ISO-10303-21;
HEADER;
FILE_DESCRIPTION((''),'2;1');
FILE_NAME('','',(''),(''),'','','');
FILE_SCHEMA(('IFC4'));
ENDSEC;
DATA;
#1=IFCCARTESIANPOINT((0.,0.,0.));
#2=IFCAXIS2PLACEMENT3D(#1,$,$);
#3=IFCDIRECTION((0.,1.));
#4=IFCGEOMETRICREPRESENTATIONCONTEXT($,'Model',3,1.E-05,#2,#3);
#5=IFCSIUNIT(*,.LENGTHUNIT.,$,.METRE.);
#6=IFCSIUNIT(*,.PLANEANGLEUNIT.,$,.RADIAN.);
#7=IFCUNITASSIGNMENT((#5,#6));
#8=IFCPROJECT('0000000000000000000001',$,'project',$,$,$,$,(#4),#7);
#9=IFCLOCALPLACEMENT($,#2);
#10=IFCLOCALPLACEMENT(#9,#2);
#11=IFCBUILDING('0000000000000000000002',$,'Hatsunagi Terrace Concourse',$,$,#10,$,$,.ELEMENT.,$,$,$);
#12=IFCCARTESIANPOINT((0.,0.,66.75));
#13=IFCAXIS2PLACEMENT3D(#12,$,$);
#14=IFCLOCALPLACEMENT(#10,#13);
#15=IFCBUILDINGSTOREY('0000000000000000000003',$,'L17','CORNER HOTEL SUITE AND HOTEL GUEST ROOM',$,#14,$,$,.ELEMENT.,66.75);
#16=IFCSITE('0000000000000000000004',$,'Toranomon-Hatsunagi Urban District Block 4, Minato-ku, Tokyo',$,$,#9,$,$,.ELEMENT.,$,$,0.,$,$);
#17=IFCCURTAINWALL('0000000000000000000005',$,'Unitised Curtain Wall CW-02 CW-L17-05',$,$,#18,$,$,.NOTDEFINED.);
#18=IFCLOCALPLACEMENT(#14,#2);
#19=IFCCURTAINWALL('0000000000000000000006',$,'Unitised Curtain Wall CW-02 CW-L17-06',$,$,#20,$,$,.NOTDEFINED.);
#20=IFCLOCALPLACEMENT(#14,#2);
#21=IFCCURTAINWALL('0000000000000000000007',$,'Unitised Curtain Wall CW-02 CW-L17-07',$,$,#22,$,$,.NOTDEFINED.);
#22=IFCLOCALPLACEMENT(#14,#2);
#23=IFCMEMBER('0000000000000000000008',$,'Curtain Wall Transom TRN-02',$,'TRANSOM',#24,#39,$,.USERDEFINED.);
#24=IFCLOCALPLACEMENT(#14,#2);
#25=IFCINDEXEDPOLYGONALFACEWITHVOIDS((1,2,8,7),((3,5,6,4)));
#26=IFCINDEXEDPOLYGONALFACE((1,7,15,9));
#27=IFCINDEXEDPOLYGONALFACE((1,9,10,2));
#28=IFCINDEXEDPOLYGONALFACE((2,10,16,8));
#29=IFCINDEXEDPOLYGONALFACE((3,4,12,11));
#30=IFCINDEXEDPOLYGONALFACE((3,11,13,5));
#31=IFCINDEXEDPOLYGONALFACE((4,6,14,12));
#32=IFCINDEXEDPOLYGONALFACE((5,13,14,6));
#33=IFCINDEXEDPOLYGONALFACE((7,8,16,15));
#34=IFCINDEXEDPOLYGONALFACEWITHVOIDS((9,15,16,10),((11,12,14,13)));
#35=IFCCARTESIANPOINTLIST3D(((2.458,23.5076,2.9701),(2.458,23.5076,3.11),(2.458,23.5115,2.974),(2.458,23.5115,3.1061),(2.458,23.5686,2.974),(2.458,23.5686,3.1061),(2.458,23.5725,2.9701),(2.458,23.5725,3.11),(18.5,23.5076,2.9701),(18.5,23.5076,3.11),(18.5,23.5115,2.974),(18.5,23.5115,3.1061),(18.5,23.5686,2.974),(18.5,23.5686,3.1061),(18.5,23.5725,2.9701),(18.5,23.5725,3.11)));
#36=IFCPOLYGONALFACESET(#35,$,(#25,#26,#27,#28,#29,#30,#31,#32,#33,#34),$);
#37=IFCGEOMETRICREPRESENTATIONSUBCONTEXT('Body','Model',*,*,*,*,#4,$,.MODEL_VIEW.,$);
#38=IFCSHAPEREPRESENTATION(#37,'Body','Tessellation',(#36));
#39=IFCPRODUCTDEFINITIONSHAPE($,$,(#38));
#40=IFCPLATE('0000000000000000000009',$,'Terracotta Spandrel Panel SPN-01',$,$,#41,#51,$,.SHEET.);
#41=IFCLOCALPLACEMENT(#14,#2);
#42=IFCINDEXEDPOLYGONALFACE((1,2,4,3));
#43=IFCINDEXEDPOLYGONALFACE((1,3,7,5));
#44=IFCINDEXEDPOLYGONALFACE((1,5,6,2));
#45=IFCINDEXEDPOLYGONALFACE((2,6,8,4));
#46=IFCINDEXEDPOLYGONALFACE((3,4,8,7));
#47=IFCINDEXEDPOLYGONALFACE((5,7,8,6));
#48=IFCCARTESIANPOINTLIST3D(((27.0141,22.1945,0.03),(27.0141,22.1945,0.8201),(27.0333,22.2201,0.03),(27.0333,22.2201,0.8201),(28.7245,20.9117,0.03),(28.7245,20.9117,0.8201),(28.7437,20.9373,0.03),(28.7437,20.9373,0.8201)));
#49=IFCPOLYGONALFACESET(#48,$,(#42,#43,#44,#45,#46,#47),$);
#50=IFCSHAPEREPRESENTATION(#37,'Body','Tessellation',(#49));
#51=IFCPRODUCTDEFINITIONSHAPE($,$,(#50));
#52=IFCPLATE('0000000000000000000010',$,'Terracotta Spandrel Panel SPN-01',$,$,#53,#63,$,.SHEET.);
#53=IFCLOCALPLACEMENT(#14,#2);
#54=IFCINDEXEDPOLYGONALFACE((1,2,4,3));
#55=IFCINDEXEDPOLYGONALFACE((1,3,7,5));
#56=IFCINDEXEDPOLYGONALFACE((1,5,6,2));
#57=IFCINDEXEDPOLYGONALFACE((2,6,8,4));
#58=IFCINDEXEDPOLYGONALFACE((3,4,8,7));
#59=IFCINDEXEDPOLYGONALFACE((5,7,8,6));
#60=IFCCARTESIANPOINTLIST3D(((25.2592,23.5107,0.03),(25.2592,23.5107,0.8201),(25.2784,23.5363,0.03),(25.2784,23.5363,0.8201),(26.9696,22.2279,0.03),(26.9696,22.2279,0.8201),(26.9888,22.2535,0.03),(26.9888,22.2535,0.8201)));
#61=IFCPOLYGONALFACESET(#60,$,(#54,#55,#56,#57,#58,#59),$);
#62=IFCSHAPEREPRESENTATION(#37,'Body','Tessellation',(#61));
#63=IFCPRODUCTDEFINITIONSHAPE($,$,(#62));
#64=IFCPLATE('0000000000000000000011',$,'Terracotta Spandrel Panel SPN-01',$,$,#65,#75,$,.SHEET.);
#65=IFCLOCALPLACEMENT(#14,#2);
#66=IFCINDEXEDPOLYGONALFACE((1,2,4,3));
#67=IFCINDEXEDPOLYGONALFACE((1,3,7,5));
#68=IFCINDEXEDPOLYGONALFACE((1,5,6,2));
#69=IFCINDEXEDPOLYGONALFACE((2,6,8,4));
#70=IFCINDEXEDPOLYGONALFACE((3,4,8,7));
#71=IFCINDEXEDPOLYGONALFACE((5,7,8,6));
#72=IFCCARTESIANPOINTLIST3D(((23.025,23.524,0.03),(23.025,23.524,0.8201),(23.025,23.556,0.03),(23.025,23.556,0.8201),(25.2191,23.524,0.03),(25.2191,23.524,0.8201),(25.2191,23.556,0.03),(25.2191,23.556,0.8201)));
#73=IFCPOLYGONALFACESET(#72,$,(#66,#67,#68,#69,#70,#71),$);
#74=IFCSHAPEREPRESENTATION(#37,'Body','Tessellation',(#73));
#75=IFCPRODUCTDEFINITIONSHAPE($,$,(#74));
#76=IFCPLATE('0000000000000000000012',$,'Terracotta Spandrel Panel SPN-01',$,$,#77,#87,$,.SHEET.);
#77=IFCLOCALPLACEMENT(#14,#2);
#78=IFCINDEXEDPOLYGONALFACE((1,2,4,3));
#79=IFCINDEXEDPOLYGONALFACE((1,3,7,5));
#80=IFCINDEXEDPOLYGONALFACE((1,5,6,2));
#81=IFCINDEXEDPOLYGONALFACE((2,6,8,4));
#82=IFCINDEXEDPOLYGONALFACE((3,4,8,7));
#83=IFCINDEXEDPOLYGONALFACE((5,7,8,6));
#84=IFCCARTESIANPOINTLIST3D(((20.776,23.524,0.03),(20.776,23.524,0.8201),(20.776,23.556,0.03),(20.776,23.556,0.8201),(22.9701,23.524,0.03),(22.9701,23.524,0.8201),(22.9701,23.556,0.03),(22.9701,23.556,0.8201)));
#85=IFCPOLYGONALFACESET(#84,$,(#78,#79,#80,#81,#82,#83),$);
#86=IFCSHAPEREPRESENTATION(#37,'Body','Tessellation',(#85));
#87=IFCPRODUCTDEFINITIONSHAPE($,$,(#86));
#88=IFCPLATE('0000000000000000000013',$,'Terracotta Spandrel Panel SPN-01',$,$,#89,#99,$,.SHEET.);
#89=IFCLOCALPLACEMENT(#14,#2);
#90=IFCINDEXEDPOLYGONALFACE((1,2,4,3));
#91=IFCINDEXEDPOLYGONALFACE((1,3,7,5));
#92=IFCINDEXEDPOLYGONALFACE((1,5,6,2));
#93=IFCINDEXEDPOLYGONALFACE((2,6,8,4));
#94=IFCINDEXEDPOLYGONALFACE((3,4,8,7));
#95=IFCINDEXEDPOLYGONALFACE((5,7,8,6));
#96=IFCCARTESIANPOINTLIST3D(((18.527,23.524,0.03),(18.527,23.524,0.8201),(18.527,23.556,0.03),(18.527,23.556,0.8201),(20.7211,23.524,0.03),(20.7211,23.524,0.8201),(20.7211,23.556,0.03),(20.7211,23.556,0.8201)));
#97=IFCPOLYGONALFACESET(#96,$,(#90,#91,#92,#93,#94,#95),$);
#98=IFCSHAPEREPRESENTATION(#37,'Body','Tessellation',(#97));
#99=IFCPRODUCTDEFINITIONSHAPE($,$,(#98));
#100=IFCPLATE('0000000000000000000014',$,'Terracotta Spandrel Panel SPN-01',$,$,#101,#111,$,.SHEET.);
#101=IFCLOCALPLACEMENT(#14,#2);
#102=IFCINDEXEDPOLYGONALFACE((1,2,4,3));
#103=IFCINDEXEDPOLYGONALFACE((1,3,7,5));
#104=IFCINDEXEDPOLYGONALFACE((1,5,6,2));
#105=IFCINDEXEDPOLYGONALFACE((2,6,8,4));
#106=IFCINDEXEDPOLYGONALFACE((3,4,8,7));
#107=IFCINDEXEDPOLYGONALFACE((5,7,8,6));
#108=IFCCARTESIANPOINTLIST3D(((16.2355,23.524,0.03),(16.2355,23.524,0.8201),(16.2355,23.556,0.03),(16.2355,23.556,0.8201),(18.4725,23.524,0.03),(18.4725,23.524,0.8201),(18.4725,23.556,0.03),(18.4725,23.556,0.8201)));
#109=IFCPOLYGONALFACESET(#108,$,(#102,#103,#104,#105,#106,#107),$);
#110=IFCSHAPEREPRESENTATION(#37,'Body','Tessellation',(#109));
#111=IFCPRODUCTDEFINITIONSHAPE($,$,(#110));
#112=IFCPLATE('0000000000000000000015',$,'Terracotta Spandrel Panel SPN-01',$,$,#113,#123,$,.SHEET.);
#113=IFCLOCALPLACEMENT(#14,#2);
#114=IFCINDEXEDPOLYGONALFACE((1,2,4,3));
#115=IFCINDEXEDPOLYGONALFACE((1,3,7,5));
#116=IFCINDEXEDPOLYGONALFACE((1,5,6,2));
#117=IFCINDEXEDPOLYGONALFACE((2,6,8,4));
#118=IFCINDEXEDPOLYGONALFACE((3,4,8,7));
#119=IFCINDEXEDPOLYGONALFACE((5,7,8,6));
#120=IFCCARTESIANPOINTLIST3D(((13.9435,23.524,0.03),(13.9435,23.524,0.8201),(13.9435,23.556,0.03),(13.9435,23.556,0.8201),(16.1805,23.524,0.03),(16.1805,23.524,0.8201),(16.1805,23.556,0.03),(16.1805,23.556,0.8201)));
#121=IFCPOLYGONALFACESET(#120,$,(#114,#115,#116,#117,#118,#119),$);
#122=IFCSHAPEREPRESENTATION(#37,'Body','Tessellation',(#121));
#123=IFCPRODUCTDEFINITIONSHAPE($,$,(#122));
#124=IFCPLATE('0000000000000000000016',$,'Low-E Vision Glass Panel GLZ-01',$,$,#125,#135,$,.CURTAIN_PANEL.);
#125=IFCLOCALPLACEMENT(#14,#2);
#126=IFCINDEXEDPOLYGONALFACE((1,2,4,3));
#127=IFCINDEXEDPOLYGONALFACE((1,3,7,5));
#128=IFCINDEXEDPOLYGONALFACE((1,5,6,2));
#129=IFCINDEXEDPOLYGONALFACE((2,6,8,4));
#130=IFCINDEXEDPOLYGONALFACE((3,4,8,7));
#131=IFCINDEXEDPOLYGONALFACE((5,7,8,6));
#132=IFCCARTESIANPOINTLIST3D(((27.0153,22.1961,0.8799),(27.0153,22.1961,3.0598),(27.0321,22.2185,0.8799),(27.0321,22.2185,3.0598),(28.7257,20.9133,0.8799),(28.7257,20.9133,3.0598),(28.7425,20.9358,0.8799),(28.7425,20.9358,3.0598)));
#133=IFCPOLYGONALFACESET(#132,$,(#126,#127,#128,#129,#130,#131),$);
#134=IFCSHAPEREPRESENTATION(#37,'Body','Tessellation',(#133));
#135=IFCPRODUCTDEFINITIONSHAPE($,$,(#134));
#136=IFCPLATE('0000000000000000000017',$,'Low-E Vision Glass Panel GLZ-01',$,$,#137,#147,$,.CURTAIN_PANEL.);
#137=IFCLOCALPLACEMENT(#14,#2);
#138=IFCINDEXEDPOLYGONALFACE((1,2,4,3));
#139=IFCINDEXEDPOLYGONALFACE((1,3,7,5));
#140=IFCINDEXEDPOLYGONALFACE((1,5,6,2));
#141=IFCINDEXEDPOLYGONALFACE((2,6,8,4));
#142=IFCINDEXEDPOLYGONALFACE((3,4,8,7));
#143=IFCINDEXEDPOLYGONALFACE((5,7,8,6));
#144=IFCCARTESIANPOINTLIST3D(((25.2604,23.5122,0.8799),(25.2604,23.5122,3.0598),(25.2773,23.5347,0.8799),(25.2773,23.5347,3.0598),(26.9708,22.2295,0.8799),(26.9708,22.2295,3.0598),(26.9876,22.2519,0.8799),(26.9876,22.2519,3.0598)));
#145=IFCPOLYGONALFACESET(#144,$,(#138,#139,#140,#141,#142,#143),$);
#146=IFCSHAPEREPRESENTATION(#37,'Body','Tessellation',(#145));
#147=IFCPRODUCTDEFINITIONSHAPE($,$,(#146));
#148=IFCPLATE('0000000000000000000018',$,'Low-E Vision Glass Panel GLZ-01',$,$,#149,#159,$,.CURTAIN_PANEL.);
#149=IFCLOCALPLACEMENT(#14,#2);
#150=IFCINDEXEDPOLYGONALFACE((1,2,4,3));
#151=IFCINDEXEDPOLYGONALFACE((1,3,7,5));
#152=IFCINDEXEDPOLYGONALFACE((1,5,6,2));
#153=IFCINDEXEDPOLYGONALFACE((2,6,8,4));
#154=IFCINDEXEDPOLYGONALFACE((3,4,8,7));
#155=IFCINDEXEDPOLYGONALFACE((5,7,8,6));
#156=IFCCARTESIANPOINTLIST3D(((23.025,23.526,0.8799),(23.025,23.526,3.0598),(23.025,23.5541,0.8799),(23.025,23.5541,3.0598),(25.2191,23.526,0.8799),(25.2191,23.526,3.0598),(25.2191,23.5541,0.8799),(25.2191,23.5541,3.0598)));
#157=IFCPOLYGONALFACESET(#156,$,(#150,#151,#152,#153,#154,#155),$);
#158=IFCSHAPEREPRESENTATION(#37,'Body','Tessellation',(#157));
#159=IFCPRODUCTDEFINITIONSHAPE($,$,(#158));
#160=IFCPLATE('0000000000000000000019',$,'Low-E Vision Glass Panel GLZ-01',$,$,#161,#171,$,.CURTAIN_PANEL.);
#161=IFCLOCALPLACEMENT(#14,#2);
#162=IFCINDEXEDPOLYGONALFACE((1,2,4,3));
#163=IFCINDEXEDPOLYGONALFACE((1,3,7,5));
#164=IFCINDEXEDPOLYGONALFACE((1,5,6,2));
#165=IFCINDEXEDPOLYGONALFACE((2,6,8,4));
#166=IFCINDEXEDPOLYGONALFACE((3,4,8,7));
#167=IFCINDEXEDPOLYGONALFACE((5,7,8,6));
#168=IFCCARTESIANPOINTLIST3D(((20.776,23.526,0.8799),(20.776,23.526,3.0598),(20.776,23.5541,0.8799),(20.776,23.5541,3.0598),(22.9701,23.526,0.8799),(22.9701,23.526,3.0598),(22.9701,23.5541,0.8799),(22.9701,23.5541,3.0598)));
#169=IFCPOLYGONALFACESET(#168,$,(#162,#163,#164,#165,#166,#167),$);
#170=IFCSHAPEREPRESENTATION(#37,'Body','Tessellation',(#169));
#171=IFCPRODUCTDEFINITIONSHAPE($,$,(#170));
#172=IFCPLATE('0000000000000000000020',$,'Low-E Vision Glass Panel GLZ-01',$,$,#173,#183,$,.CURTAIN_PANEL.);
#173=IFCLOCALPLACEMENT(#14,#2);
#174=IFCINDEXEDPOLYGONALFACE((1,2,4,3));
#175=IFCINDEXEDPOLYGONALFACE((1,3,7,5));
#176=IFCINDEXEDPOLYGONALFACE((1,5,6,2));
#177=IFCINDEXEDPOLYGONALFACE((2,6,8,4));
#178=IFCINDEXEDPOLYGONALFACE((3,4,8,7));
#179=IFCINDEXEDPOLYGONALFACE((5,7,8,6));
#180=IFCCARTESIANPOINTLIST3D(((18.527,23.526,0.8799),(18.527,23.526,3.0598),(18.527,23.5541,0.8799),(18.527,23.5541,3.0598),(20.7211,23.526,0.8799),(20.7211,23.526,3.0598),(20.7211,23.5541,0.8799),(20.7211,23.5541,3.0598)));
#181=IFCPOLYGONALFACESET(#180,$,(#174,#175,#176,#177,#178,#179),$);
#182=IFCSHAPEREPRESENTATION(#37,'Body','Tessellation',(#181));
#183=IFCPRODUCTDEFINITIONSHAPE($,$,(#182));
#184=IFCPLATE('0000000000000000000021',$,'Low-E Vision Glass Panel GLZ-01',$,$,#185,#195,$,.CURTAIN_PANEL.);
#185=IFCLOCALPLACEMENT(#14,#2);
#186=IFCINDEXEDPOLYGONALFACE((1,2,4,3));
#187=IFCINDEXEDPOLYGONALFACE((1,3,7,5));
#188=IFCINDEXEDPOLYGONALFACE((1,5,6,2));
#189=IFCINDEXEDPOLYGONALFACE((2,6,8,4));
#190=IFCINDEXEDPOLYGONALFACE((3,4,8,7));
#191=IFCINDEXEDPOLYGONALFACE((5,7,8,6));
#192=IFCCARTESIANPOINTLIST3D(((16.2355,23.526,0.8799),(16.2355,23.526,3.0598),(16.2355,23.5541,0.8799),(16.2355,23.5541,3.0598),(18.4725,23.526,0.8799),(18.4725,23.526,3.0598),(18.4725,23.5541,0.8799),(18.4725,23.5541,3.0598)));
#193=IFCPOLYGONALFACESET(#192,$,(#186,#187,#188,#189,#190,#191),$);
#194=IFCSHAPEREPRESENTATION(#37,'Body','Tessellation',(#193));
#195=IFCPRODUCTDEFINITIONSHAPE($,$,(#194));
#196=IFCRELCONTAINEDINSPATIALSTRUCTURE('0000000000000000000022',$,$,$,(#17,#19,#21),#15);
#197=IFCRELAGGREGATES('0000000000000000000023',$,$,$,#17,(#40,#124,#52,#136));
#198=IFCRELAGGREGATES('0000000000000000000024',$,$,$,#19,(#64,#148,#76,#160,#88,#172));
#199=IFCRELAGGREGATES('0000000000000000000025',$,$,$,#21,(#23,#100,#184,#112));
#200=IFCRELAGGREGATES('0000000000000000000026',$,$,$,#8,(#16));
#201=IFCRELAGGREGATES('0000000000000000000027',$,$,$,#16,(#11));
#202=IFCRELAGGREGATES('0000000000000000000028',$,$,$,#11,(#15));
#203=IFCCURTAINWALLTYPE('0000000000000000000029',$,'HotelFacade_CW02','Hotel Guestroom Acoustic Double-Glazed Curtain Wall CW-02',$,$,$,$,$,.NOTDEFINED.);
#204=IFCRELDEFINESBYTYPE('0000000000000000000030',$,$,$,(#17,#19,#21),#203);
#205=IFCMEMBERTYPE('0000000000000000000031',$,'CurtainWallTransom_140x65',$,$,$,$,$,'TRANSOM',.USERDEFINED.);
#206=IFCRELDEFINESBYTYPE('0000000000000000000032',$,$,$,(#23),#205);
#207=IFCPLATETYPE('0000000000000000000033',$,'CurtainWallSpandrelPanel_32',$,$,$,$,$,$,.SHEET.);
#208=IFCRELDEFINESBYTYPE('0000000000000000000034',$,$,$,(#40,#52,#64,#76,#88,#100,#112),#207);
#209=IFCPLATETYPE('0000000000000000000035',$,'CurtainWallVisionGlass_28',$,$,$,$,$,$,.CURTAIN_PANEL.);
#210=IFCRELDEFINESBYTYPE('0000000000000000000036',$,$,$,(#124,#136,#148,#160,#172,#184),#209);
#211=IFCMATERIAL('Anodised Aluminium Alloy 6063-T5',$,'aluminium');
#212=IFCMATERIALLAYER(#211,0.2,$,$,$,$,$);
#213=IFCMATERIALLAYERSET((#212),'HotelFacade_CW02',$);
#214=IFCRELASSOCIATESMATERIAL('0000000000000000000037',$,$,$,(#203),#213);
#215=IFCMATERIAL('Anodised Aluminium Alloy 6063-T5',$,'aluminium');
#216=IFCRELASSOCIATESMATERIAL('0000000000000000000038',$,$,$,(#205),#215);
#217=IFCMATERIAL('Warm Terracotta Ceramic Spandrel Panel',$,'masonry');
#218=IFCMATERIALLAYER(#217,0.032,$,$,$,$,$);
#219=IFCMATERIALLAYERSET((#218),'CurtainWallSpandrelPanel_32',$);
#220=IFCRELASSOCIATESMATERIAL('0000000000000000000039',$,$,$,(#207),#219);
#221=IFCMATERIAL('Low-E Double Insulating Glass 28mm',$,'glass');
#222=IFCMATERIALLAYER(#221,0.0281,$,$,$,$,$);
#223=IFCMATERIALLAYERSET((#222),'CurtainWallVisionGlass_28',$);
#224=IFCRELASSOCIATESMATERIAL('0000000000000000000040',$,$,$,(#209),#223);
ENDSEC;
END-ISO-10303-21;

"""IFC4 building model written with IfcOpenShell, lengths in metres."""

from ifc_helpers import new_model, si_unit, direction, frame, origin, origin_2d, place, context, subcontext, project, spatial, rectangle, hollow_rectangle, extrude, material, layer, layer_set, material_profile, profile_set, type_object, element, aggregate, save


model = new_model("IFC4")

# Units and contexts
model_context = context("Model", 3, precision=1e-05, world=origin(), true_north=direction((0.0, 1.0)))
body_context = subcontext(model_context, "Body", "Model", "MODEL_VIEW")
ifc_project = project(units=[si_unit("LENGTHUNIT", "METRE"), si_unit("PLANEANGLEUNIT", "RADIAN")], contexts=[model_context])

# Site, building, storey
site_placement = place(None, origin())
site = spatial("IfcSite", under=ifc_project, at=site_placement, Name="Toranomon-Hatsunagi Urban District Block 4, Minato-ku, Tokyo", CompositionType="ELEMENT", RefElevation=0.0)
building_placement = place(site_placement, origin())
building = spatial("IfcBuilding", under=site, at=building_placement, Name="Hatsunagi Terrace Concourse", CompositionType="ELEMENT")
storey_placement = place(building_placement, frame((0.0, 0.0, 66.75)))
storey = spatial("IfcBuildingStorey", under=building, at=storey_placement, Name="L17", Description="CORNER HOTEL SUITE AND HOTEL GUEST ROOM", CompositionType="ELEMENT", Elevation=66.75)

# Curtain walls
ifc_material_1 = material(Name="Anodised Aluminium Alloy 6063-T5", Category="aluminium")
ifc_layer_1 = layer(ifc_material_1, 0.2)
ifc_layer_set_1 = layer_set([ifc_layer_1], Name="HotelFacade_CW02")
curtain_wall_type = type_object("IfcCurtainWallType", Name="HotelFacade_CW02", Description="Hotel Guestroom Acoustic Double-Glazed Curtain Wall CW-02", PredefinedType="NOTDEFINED", material=ifc_layer_set_1)
curtain_wall_1_placement = place(storey_placement, origin())
curtain_wall_1 = element("IfcCurtainWall", 1, at=curtain_wall_1_placement, inside=storey, type_object=curtain_wall_type, Name="Unitised Curtain Wall CW-02 CW-L17-05", PredefinedType="NOTDEFINED")
curtain_wall_2_placement = place(storey_placement, origin())
curtain_wall_2 = element("IfcCurtainWall", 2, at=curtain_wall_2_placement, inside=storey, type_object=curtain_wall_type, Name="Unitised Curtain Wall CW-02 CW-L17-06", PredefinedType="NOTDEFINED")
curtain_wall_3_placement = place(storey_placement, origin())
curtain_wall_3 = element("IfcCurtainWall", 3, at=curtain_wall_3_placement, inside=storey, type_object=curtain_wall_type, Name="Unitised Curtain Wall CW-02 CW-L17-07", PredefinedType="NOTDEFINED")

# Member
ifc_material_2 = material(Name="Anodised Aluminium Alloy 6063-T5", Category="aluminium")
ifc_material_profile_1 = material_profile(ifc_material_2, hollow_rectangle(XDim=0.0649, YDim=0.1399, WallThickness=0.0039, at=origin_2d()), Name="ALU-TRN-140x65x4")
ifc_profile_set_1 = profile_set([ifc_material_profile_1], Name="Anodised Aluminium Alloy 6063-T5")
member_type_1 = type_object("IfcMemberType", Name="CurtainWallTransom_140x65", ElementType="TRANSOM", PredefinedType="USERDEFINED", material=ifc_profile_set_1)
member_1_placement = place(storey_placement, frame((18.5, 23.54, 3.04), z_axis=(-1.0, 0.0, 0.0), x_axis=(0.0, -1.0, 0.0)))
member_1 = element("IfcMember", 4, at=member_1_placement, type_object=member_type_1, Name="Curtain Wall Transom TRN-02", ObjectType="TRANSOM", PredefinedType="USERDEFINED", context=body_context, shape_type="SweptSolid", body=[
    extrude(hollow_rectangle(XDim=0.0649, YDim=0.1399, WallThickness=0.0039, at=origin_2d()), origin(), (0.0, 0.0, 1.0), 16.042),
])

# Plates
ifc_material_3 = material(Name="Warm Terracotta Ceramic Spandrel Panel", Category="masonry")
ifc_layer_2 = layer(ifc_material_3, 0.032)
ifc_layer_set_2 = layer_set([ifc_layer_2], Name="CurtainWallSpandrelPanel_32")
plate_type_1 = type_object("IfcPlateType", Name="CurtainWallSpandrelPanel_32", PredefinedType="SHEET", material=ifc_layer_set_2)
plate_1_placement = place(storey_placement, frame((27.8789, 21.5659, 0.03), z_axis=(0.0, 0.0, 1.0), x_axis=(-0.800003, 0.599996, 0.0)))
plate_1 = element("IfcPlate", 5, at=plate_1_placement, type_object=plate_type_1, Name="Terracotta Spandrel Panel SPN-01", PredefinedType="SHEET", context=body_context, shape_type="SweptSolid", body=[
    extrude(rectangle(XDim=2.1379, YDim=0.032, at=origin_2d()), origin(), (0.0, 0.0, 1.0), 0.79),
])
plate_2_placement = place(storey_placement, frame((26.124, 22.8821, 0.03), z_axis=(0.0, 0.0, 1.0), x_axis=(-0.800003, 0.599996, 0.0)))
plate_2 = element("IfcPlate", 6, at=plate_2_placement, type_object=plate_type_1, Name="Terracotta Spandrel Panel SPN-01", PredefinedType="SHEET", context=body_context, shape_type="SweptSolid", body=[
    extrude(rectangle(XDim=2.1379, YDim=0.032, at=origin_2d()), origin(), (0.0, 0.0, 1.0), 0.79),
])
plate_3_placement = place(storey_placement, frame((24.1221, 23.54, 0.03), z_axis=(0.0, 0.0, 1.0), x_axis=(-1.0, 0.0, 0.0)))
plate_3 = element("IfcPlate", 7, at=plate_3_placement, type_object=plate_type_1, Name="Terracotta Spandrel Panel SPN-01", PredefinedType="SHEET", context=body_context, shape_type="SweptSolid", body=[
    extrude(rectangle(XDim=2.1941, YDim=0.032, at=origin_2d()), origin(), (0.0, 0.0, 1.0), 0.79),
])
plate_4_placement = place(storey_placement, frame((21.873, 23.54, 0.03), z_axis=(0.0, 0.0, 1.0), x_axis=(-1.0, 0.0, 0.0)))
plate_4 = element("IfcPlate", 8, at=plate_4_placement, type_object=plate_type_1, Name="Terracotta Spandrel Panel SPN-01", PredefinedType="SHEET", context=body_context, shape_type="SweptSolid", body=[
    extrude(rectangle(XDim=2.1941, YDim=0.032, at=origin_2d()), origin(), (0.0, 0.0, 1.0), 0.79),
])
plate_5_placement = place(storey_placement, frame((19.624, 23.54, 0.03), z_axis=(0.0, 0.0, 1.0), x_axis=(-1.0, 0.0, 0.0)))
plate_5 = element("IfcPlate", 9, at=plate_5_placement, type_object=plate_type_1, Name="Terracotta Spandrel Panel SPN-01", PredefinedType="SHEET", context=body_context, shape_type="SweptSolid", body=[
    extrude(rectangle(XDim=2.1941, YDim=0.032, at=origin_2d()), origin(), (0.0, 0.0, 1.0), 0.79),
])
plate_6_placement = place(storey_placement, frame((17.354, 23.54, 0.03), z_axis=(0.0, 0.0, 1.0), x_axis=(-1.0, 0.0, 0.0)))
plate_6 = element("IfcPlate", 10, at=plate_6_placement, type_object=plate_type_1, Name="Terracotta Spandrel Panel SPN-01", PredefinedType="SHEET", context=body_context, shape_type="SweptSolid", body=[
    extrude(rectangle(XDim=2.2371, YDim=0.032, at=origin_2d()), origin(), (0.0, 0.0, 1.0), 0.79),
])
plate_7_placement = place(storey_placement, frame((15.062, 23.54, 0.03), z_axis=(0.0, 0.0, 1.0), x_axis=(-1.0, 0.0, 0.0)))
plate_7 = element("IfcPlate", 11, at=plate_7_placement, type_object=plate_type_1, Name="Terracotta Spandrel Panel SPN-01", PredefinedType="SHEET", context=body_context, shape_type="SweptSolid", body=[
    extrude(rectangle(XDim=2.2371, YDim=0.032, at=origin_2d()), origin(), (0.0, 0.0, 1.0), 0.79),
])
ifc_material_4 = material(Name="Low-E Double Insulating Glass 28mm", Category="glass")
ifc_layer_3 = layer(ifc_material_4, 0.0281)
ifc_layer_set_3 = layer_set([ifc_layer_3], Name="CurtainWallVisionGlass_28")
plate_type_2 = type_object("IfcPlateType", Name="CurtainWallVisionGlass_28", PredefinedType="CURTAIN_PANEL", material=ifc_layer_set_3)
plate_8_placement = place(storey_placement, frame((27.8789, 21.5659, 0.8799), z_axis=(0.0, 0.0, 1.0), x_axis=(-0.800003, 0.599996, 0.0)))
plate_8 = element("IfcPlate", 12, at=plate_8_placement, type_object=plate_type_2, Name="Low-E Vision Glass Panel GLZ-01", PredefinedType="CURTAIN_PANEL", context=body_context, shape_type="SweptSolid", body=[
    extrude(rectangle(XDim=2.1379, YDim=0.0281, at=origin_2d()), origin(), (0.0, 0.0, 1.0), 2.1799),
])
plate_9_placement = place(storey_placement, frame((26.124, 22.8821, 0.8799), z_axis=(0.0, 0.0, 1.0), x_axis=(-0.800003, 0.599996, 0.0)))
plate_9 = element("IfcPlate", 13, at=plate_9_placement, type_object=plate_type_2, Name="Low-E Vision Glass Panel GLZ-01", PredefinedType="CURTAIN_PANEL", context=body_context, shape_type="SweptSolid", body=[
    extrude(rectangle(XDim=2.1379, YDim=0.0281, at=origin_2d()), origin(), (0.0, 0.0, 1.0), 2.1799),
])
aggregate(curtain_wall_1, [plate_1, plate_8, plate_2, plate_9])
plate_10_placement = place(storey_placement, frame((24.1221, 23.54, 0.8799), z_axis=(0.0, 0.0, 1.0), x_axis=(-1.0, 0.0, 0.0)))
plate_10 = element("IfcPlate", 14, at=plate_10_placement, type_object=plate_type_2, Name="Low-E Vision Glass Panel GLZ-01", PredefinedType="CURTAIN_PANEL", context=body_context, shape_type="SweptSolid", body=[
    extrude(rectangle(XDim=2.1941, YDim=0.0281, at=origin_2d()), origin(), (0.0, 0.0, 1.0), 2.1799),
])
plate_11_placement = place(storey_placement, frame((21.873, 23.54, 0.8799), z_axis=(0.0, 0.0, 1.0), x_axis=(-1.0, 0.0, 0.0)))
plate_11 = element("IfcPlate", 15, at=plate_11_placement, type_object=plate_type_2, Name="Low-E Vision Glass Panel GLZ-01", PredefinedType="CURTAIN_PANEL", context=body_context, shape_type="SweptSolid", body=[
    extrude(rectangle(XDim=2.1941, YDim=0.0281, at=origin_2d()), origin(), (0.0, 0.0, 1.0), 2.1799),
])
plate_12_placement = place(storey_placement, frame((19.624, 23.54, 0.8799), z_axis=(0.0, 0.0, 1.0), x_axis=(-1.0, 0.0, 0.0)))
plate_12 = element("IfcPlate", 16, at=plate_12_placement, type_object=plate_type_2, Name="Low-E Vision Glass Panel GLZ-01", PredefinedType="CURTAIN_PANEL", context=body_context, shape_type="SweptSolid", body=[
    extrude(rectangle(XDim=2.1941, YDim=0.0281, at=origin_2d()), origin(), (0.0, 0.0, 1.0), 2.1799),
])
aggregate(curtain_wall_2, [plate_3, plate_10, plate_4, plate_11, plate_5, plate_12])
plate_13_placement = place(storey_placement, frame((17.354, 23.54, 0.8799), z_axis=(0.0, 0.0, 1.0), x_axis=(-1.0, 0.0, 0.0)))
plate_13 = element("IfcPlate", 17, at=plate_13_placement, type_object=plate_type_2, Name="Low-E Vision Glass Panel GLZ-01", PredefinedType="CURTAIN_PANEL", context=body_context, shape_type="SweptSolid", body=[
    extrude(rectangle(XDim=2.2371, YDim=0.0281, at=origin_2d()), origin(), (0.0, 0.0, 1.0), 2.1799),
])
aggregate(curtain_wall_3, [member_1, plate_6, plate_13, plate_7])

save(model, "model.ifc")
